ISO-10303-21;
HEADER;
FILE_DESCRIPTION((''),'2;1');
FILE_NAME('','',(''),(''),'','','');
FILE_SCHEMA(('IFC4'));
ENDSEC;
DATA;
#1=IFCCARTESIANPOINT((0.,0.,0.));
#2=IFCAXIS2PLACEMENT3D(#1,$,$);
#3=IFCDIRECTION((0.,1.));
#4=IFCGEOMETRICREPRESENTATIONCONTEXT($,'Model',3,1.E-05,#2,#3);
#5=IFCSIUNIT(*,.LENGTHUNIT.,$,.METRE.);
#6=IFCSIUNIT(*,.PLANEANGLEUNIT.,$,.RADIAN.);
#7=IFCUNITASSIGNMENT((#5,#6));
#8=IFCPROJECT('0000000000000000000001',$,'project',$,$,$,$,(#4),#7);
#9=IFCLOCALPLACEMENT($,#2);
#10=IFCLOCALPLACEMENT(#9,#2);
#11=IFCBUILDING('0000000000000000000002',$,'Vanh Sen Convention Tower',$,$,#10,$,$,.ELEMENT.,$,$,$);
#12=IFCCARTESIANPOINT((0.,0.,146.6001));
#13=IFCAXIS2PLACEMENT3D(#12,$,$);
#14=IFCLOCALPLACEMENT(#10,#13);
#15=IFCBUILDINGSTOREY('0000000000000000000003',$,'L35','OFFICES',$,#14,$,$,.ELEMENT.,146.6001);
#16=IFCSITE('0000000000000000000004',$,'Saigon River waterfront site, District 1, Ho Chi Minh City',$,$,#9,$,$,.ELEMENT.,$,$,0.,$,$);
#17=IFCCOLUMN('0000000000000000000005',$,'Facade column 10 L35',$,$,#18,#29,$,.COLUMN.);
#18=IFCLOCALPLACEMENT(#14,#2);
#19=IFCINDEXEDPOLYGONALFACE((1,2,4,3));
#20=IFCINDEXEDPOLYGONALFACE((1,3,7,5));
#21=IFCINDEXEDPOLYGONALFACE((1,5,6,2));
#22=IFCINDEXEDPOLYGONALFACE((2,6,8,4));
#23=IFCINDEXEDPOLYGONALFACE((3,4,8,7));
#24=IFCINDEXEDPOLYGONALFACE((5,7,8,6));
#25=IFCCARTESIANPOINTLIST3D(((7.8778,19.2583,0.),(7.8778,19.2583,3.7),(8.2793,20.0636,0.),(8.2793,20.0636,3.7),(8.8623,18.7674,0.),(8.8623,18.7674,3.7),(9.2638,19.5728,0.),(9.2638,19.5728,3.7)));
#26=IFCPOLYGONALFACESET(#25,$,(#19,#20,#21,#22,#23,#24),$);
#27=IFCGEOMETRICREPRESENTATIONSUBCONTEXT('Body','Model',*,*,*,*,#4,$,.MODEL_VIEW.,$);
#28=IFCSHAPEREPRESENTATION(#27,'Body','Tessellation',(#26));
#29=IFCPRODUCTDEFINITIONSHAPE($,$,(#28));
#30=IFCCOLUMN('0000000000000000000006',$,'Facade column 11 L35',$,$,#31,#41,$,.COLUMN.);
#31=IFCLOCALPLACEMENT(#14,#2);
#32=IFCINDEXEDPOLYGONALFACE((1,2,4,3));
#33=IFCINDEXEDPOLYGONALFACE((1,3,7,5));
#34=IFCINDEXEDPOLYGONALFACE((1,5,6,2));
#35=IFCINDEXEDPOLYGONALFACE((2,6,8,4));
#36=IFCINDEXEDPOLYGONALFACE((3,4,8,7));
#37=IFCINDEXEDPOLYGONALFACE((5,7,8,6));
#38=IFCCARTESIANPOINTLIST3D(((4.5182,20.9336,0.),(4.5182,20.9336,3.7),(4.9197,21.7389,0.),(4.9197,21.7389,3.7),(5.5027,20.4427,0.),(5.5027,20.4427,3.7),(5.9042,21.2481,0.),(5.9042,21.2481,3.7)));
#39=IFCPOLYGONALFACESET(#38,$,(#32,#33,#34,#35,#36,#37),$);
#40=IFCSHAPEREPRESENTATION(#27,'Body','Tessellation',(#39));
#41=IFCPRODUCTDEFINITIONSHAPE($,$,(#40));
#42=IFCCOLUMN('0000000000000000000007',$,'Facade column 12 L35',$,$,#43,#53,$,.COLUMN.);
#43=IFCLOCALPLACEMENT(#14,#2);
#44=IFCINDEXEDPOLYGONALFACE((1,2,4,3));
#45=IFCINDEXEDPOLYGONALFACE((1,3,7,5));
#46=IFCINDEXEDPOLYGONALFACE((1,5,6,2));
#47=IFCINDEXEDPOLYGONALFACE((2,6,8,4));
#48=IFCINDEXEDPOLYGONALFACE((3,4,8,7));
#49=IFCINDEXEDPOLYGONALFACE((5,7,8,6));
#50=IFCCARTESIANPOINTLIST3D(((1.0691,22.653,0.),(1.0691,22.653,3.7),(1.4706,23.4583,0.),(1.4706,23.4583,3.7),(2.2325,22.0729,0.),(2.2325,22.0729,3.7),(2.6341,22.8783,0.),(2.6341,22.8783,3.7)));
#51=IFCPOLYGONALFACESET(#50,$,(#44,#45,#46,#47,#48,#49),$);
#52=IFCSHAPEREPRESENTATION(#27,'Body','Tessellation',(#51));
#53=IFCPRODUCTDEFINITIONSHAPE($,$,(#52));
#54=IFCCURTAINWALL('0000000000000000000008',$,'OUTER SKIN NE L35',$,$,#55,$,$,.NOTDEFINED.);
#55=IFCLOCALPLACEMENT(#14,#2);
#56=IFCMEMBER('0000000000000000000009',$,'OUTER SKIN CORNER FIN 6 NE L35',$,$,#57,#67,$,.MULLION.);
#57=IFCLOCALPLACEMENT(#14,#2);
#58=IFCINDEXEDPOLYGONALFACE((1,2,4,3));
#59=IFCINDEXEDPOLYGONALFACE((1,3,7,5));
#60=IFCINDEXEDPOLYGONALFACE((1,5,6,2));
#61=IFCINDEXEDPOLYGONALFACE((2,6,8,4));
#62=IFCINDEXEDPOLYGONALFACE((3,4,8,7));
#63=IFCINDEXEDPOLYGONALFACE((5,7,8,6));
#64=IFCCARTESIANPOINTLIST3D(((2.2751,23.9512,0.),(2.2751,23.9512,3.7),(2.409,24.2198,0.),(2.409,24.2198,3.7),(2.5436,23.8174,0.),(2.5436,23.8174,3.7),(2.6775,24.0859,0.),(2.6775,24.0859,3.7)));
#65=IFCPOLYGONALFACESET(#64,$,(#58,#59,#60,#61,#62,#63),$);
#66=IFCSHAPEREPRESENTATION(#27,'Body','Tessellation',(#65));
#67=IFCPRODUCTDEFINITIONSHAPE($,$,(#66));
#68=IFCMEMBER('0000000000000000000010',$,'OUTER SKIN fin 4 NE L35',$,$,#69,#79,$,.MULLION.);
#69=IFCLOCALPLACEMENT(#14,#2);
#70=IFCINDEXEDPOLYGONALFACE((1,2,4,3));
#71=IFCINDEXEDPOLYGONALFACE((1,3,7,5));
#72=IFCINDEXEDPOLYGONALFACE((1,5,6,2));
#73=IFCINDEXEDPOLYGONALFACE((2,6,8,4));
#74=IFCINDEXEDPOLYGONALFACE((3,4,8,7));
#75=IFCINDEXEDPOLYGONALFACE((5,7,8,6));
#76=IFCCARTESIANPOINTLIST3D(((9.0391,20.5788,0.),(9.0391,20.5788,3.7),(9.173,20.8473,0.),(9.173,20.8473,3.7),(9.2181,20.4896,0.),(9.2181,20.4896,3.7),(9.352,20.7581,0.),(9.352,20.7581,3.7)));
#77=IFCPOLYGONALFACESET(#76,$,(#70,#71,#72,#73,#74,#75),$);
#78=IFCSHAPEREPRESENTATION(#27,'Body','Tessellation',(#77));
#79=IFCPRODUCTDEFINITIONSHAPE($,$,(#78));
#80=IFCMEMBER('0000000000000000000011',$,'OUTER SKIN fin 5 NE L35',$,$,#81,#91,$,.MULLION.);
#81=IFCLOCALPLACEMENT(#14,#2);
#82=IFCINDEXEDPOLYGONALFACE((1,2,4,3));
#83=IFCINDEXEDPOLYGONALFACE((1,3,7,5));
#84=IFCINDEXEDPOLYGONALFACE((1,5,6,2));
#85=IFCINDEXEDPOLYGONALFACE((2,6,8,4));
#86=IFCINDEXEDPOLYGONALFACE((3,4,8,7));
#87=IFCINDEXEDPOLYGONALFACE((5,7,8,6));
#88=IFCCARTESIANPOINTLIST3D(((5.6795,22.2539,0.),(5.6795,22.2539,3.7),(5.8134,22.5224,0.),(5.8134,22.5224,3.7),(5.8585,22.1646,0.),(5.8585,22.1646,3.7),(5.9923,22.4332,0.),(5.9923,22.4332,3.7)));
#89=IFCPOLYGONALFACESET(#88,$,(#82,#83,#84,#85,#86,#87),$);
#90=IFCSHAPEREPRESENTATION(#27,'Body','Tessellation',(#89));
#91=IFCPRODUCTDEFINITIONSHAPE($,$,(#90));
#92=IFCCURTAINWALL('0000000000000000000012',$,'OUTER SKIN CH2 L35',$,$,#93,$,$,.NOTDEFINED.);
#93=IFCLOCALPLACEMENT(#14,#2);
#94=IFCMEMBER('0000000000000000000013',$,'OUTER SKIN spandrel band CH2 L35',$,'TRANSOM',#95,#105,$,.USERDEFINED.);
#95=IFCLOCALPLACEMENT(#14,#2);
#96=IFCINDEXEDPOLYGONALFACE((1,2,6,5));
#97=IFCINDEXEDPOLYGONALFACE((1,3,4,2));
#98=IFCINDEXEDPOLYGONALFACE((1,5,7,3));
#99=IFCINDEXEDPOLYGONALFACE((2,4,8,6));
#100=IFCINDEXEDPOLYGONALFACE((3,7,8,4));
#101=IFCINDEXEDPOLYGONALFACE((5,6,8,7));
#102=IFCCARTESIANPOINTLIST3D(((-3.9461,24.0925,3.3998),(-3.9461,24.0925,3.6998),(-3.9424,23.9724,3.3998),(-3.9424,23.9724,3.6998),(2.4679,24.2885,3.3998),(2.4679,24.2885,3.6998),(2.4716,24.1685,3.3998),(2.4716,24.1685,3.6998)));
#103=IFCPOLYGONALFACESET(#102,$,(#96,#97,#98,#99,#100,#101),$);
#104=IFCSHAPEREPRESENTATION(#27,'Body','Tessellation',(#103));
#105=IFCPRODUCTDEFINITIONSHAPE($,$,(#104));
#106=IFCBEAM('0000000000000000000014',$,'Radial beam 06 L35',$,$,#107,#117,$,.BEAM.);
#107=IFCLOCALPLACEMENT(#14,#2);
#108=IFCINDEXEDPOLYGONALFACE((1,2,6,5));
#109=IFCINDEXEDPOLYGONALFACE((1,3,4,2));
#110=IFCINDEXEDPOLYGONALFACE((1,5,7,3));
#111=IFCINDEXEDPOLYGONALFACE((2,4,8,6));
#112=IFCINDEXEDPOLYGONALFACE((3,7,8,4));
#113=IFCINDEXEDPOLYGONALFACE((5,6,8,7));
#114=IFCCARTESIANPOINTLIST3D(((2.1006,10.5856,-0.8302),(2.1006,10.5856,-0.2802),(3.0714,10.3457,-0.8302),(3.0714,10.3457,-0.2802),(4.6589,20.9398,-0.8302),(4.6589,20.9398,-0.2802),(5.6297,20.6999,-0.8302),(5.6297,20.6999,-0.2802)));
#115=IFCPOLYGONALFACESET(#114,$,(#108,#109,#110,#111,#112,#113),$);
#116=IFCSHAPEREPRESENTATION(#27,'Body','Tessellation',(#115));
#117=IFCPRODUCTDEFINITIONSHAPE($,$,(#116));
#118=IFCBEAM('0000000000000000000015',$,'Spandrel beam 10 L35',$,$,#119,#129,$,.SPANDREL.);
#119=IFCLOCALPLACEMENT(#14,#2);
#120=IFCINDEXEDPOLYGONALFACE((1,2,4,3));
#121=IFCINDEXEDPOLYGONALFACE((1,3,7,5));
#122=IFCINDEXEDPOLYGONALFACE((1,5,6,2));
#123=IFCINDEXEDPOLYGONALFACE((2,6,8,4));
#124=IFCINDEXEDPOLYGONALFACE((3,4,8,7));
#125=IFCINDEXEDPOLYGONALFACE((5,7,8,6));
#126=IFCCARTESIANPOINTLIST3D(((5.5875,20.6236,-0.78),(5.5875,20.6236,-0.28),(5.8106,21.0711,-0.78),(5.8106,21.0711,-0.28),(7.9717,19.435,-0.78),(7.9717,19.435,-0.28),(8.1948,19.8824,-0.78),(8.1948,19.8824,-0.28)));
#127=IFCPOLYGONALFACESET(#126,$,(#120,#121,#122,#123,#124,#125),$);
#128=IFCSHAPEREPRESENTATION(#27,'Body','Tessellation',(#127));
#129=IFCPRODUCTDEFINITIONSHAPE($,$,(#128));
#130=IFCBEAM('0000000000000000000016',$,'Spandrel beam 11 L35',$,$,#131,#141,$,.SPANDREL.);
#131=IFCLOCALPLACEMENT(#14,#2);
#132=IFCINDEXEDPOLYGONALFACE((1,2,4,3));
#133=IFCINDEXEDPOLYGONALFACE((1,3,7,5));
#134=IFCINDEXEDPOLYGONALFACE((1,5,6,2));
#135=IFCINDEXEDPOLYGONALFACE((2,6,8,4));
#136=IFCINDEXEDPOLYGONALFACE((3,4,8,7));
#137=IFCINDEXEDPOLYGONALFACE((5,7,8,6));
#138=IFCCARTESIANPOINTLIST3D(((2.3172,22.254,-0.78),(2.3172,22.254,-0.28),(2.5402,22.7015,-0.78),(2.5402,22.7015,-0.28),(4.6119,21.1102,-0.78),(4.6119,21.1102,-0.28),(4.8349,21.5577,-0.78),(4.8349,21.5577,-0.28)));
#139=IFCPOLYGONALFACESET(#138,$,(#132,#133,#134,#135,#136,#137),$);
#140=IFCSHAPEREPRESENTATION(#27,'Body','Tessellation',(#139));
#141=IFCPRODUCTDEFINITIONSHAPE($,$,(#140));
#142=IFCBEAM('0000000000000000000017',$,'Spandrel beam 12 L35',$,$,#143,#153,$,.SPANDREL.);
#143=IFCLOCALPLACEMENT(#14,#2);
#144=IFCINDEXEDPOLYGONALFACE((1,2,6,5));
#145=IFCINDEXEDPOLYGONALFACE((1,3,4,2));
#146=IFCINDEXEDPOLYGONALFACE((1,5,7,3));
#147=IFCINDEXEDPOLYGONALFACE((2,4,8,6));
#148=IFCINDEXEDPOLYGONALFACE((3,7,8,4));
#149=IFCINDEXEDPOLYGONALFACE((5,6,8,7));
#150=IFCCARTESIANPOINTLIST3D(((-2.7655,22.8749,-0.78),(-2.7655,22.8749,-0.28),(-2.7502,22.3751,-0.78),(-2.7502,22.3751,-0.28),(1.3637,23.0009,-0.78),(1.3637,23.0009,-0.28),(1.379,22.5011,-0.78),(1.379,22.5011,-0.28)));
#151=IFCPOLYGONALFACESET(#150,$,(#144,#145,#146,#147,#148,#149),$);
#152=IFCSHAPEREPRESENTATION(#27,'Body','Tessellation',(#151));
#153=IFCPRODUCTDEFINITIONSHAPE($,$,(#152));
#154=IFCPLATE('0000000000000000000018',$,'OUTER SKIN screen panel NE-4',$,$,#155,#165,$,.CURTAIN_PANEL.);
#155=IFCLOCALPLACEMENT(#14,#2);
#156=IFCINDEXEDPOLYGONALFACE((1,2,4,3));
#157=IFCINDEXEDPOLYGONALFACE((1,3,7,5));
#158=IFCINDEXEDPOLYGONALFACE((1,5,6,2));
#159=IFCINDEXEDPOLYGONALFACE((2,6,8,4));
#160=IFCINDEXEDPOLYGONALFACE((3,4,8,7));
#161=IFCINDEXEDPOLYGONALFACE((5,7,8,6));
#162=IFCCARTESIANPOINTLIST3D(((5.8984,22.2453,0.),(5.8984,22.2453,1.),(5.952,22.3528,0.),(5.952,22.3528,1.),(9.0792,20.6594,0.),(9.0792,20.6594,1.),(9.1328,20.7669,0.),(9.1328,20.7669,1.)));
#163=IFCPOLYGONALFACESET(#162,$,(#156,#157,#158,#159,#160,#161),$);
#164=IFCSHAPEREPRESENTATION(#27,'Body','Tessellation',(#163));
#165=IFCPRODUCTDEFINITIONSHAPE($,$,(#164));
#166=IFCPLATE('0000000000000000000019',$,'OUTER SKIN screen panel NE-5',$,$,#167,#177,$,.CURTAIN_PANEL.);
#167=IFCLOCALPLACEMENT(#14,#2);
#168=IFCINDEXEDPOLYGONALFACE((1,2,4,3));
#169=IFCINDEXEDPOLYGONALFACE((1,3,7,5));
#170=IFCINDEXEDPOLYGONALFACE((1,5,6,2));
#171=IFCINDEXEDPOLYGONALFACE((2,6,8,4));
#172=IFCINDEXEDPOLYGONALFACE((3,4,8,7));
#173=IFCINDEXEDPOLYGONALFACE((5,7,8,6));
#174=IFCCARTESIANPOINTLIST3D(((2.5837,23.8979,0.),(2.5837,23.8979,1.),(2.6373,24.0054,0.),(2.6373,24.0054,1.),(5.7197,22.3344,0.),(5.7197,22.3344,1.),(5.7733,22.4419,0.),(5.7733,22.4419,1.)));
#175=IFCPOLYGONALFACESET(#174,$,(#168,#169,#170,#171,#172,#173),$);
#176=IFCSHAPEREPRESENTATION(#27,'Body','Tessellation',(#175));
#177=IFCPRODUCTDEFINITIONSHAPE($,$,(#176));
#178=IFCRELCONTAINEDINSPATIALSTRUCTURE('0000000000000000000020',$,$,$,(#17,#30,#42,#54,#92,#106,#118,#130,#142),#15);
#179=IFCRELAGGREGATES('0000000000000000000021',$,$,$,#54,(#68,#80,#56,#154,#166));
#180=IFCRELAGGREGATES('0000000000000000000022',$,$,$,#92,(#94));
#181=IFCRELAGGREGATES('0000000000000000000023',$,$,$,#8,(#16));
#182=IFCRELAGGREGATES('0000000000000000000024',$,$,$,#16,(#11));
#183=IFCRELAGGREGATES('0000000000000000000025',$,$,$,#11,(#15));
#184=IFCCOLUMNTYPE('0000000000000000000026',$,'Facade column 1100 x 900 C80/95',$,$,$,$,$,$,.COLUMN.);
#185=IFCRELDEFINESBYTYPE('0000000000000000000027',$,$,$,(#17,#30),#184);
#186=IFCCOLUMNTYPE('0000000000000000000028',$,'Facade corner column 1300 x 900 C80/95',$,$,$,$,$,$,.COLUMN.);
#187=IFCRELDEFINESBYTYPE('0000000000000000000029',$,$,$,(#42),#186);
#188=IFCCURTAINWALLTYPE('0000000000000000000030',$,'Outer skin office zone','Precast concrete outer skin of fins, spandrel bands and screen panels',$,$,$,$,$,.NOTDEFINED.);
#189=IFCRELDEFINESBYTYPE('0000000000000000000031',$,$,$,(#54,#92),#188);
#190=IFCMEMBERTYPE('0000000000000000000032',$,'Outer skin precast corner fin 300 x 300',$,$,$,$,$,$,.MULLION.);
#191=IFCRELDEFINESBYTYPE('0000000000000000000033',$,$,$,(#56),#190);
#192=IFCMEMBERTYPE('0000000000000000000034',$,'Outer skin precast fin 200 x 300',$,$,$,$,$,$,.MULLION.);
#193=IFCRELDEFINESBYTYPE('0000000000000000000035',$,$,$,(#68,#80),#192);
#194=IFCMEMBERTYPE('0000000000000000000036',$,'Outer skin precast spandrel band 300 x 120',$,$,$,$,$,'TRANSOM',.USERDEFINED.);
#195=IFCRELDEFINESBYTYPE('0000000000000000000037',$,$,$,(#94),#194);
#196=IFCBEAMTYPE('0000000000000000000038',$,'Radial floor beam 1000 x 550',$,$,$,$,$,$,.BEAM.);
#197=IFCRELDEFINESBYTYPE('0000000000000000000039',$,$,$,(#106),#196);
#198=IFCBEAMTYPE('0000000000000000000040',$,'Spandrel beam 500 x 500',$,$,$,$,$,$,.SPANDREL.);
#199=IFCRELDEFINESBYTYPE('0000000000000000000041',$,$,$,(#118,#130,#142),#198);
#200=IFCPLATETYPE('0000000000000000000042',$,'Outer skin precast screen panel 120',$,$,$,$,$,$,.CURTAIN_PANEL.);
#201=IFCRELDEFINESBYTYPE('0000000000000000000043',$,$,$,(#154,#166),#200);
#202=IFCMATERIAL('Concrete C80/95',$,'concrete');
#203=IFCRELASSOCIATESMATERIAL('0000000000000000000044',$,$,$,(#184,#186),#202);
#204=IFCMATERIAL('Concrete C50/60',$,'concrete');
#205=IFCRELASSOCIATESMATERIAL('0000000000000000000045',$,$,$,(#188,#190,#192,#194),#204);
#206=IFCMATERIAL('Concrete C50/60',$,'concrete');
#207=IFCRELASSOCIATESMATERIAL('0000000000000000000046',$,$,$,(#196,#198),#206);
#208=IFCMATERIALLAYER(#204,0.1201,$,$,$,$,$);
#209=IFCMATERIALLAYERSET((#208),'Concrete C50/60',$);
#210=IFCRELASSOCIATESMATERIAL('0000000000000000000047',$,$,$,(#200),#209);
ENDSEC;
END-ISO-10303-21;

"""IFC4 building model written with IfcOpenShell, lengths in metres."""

from ifc_helpers import new_model, si_unit, direction, frame, origin, origin_2d, place, context, subcontext, project, spatial, rectangle, extrude, material, layer, layer_set, material_profile, profile_set, type_object, element, aggregate, save


model = new_model("IFC4")

# Units and contexts
model_context = context("Model", 3, precision=1e-05, world=origin(), true_north=direction((0.0, 1.0)))
body_context = subcontext(model_context, "Body", "Model", "MODEL_VIEW")
ifc_project = project(units=[si_unit("LENGTHUNIT", "METRE"), si_unit("PLANEANGLEUNIT", "RADIAN")], contexts=[model_context])

# Site, building, storey
site_placement = place(None, origin())
site = spatial("IfcSite", under=ifc_project, at=site_placement, Name="Saigon River waterfront site, District 1, Ho Chi Minh City", CompositionType="ELEMENT", RefElevation=0.0)
building_placement = place(site_placement, origin())
building = spatial("IfcBuilding", under=site, at=building_placement, Name="Vanh Sen Convention Tower", CompositionType="ELEMENT")
storey_placement = place(building_placement, frame((0.0, 0.0, 146.6001)))
storey = spatial("IfcBuildingStorey", under=building, at=storey_placement, Name="L35", Description="OFFICES", CompositionType="ELEMENT", Elevation=146.6001)

# Columns
ifc_material_1 = material(Name="Concrete C80/95", Category="concrete")
ifc_material_profile_1 = material_profile(ifc_material_1, rectangle(XDim=1.1001, YDim=0.8999, at=origin_2d()), Name="RC 1100X900")
ifc_profile_set_1 = profile_set([ifc_material_profile_1], Name="Concrete C80/95")
column_type_1 = type_object("IfcColumnType", Name="Facade column 1100 x 900 C80/95", PredefinedType="COLUMN", material=ifc_profile_set_1)
for number, where, z_axis, x_axis, name in (
    (1, (8.5708, 19.4155, 0.0), (0.0, 0.0, 1.0), (-0.894934, 0.446198, 0.0), "Facade column 10 L35"),
    (2, (5.2112, 21.0908, 0.0), (0.0, 0.0, 1.0), (-0.894934, 0.446198, 0.0), "Facade column 11 L35"),
):
    element("IfcColumn", number, at=place(storey_placement, frame(where, z_axis=z_axis, x_axis=x_axis)), inside=storey, type_object=column_type_1, Name=name, PredefinedType="COLUMN", context=body_context, shape_type="SweptSolid", body=[
        extrude(rectangle(XDim=1.1001, YDim=0.8999, at=origin_2d()), origin(), (0.0, 0.0, 1.0), 3.7),
    ])
ifc_material_profile_2 = material_profile(ifc_material_1, rectangle(XDim=1.3, YDim=0.8999, at=origin_2d()), Name="RC 1300X900")
ifc_profile_set_2 = profile_set([ifc_material_profile_2], Name="Concrete C80/95")
column_type_2 = type_object("IfcColumnType", Name="Facade corner column 1300 x 900 C80/95", PredefinedType="COLUMN", material=ifc_profile_set_2)
column_placement = place(storey_placement, frame((1.8516, 22.7656, 0.0), z_axis=(0.0, 0.0, 1.0), x_axis=(-0.894934, 0.446198, 0.0)))
element("IfcColumn", 3, at=column_placement, inside=storey, type_object=column_type_2, Name="Facade column 12 L35", PredefinedType="COLUMN", context=body_context, shape_type="SweptSolid", body=[
    extrude(rectangle(XDim=1.3, YDim=0.8999, at=origin_2d()), origin(), (0.0, 0.0, 1.0), 3.7),
])

# Curtain wall, members
ifc_material_2 = material(Name="Concrete C50/60", Category="concrete")
curtain_wall_type = type_object("IfcCurtainWallType", Name="Outer skin office zone", Description="Precast concrete outer skin of fins, spandrel bands and screen panels", PredefinedType="NOTDEFINED", material=ifc_material_2)
curtain_wall_1_placement = place(storey_placement, origin())
curtain_wall_1 = element("IfcCurtainWall", 4, at=curtain_wall_1_placement, inside=storey, type_object=curtain_wall_type, Name="OUTER SKIN NE L35", PredefinedType="NOTDEFINED")
ifc_material_profile_3 = material_profile(ifc_material_2, rectangle(XDim=0.3, YDim=0.3, at=origin_2d()), Name="Outer skin precast corner fin 300 x 300")
ifc_profile_set_3 = profile_set([ifc_material_profile_3], Name="Concrete C50/60")
member_type_1 = type_object("IfcMemberType", Name="Outer skin precast corner fin 300 x 300", PredefinedType="MULLION", material=ifc_profile_set_3)
member_1_placement = place(storey_placement, frame((2.4763, 24.0186, 0.0), z_axis=(0.0, 0.0, 1.0), x_axis=(-0.894934, 0.446198, 0.0)))
member_1 = element("IfcMember", 5, at=member_1_placement, type_object=member_type_1, Name="OUTER SKIN CORNER FIN 6 NE L35", PredefinedType="MULLION", context=body_context, shape_type="SweptSolid", body=[
    extrude(rectangle(XDim=0.3, YDim=0.3, at=origin_2d()), origin(), (0.0, 0.0, 1.0), 3.7),
])
ifc_material_profile_4 = material_profile(ifc_material_2, rectangle(XDim=0.2, YDim=0.3, at=origin_2d()), Name="Outer skin precast fin 200 x 300")
ifc_profile_set_4 = profile_set([ifc_material_profile_4], Name="Concrete C50/60")
member_type_2 = type_object("IfcMemberType", Name="Outer skin precast fin 200 x 300", PredefinedType="MULLION", material=ifc_profile_set_4)
member_2_placement = place(storey_placement, frame((9.1956, 20.6685, 0.0), z_axis=(0.0, 0.0, 1.0), x_axis=(-0.894934, 0.446198, 0.0)))
member_2 = element("IfcMember", 6, at=member_2_placement, type_object=member_type_2, Name="OUTER SKIN fin 4 NE L35", PredefinedType="MULLION", context=body_context, shape_type="SweptSolid", body=[
    extrude(rectangle(XDim=0.2, YDim=0.3, at=origin_2d()), origin(), (0.0, 0.0, 1.0), 3.7),
])
member_3_placement = place(storey_placement, frame((5.8359, 22.3435, 0.0), z_axis=(0.0, 0.0, 1.0), x_axis=(-0.894934, 0.446198, 0.0)))
member_3 = element("IfcMember", 7, at=member_3_placement, type_object=member_type_2, Name="OUTER SKIN fin 5 NE L35", PredefinedType="MULLION", context=body_context, shape_type="SweptSolid", body=[
    extrude(rectangle(XDim=0.2, YDim=0.3, at=origin_2d()), origin(), (0.0, 0.0, 1.0), 3.7),
])

# Curtain wall, member
curtain_wall_2_placement = place(storey_placement, origin())
curtain_wall_2 = element("IfcCurtainWall", 8, at=curtain_wall_2_placement, inside=storey, type_object=curtain_wall_type, Name="OUTER SKIN CH2 L35", PredefinedType="NOTDEFINED")
ifc_material_profile_5 = material_profile(ifc_material_2, rectangle(XDim=0.1201, YDim=0.3, at=origin_2d()), Name="Outer skin precast spandrel band 300 x 120")
ifc_profile_set_5 = profile_set([ifc_material_profile_5], Name="Concrete C50/60")
member_type_3 = type_object("IfcMemberType", Name="Outer skin precast spandrel band 300 x 120", ElementType="TRANSOM", PredefinedType="USERDEFINED", material=ifc_profile_set_5)
member_4_placement = place(storey_placement, frame((2.4697, 24.2285, 3.5498), z_axis=(-0.999533, -0.030551, 0.0), x_axis=(0.030551, -0.999533, 0.0)))
member_4 = element("IfcMember", 9, at=member_4_placement, type_object=member_type_3, Name="OUTER SKIN spandrel band CH2 L35", ObjectType="TRANSOM", PredefinedType="USERDEFINED", context=body_context, shape_type="SweptSolid", body=[
    extrude(rectangle(XDim=0.1201, YDim=0.3, at=origin_2d()), origin(), (0.0, 0.0, 1.0), 6.417),
])

# Beams
ifc_material_3 = material(Name="Concrete C50/60", Category="concrete")
ifc_material_profile_6 = material_profile(ifc_material_3, rectangle(XDim=1.0, YDim=0.55, at=origin_2d()), Name="RC 1000X550")
ifc_profile_set_6 = profile_set([ifc_material_profile_6], Name="Concrete C50/60")
beam_type_1 = type_object("IfcBeamType", Name="Radial floor beam 1000 x 550", PredefinedType="BEAM", material=ifc_profile_set_6)
beam_1_placement = place(storey_placement, frame((5.1443, 20.8198, -0.5552), z_axis=(-0.239869, -0.970805, 0.0), x_axis=(0.970805, -0.239869, 0.0)))
element("IfcBeam", 10, at=beam_1_placement, inside=storey, type_object=beam_type_1, Name="Radial beam 06 L35", PredefinedType="BEAM", context=body_context, shape_type="SweptSolid", body=[
    extrude(rectangle(XDim=1.0, YDim=0.55, at=origin_2d()), origin(), (0.0, 0.0, 1.0), 10.6655),
])
ifc_material_profile_7 = material_profile(ifc_material_3, rectangle(XDim=0.5, YDim=0.5, at=origin_2d()), Name="RC 500X500")
ifc_profile_set_7 = profile_set([ifc_material_profile_7], Name="Concrete C50/60")
beam_type_2 = type_object("IfcBeamType", Name="Spandrel beam 500 x 500", PredefinedType="SPANDREL", material=ifc_profile_set_7)
beam_2_placement = place(storey_placement, frame((8.0833, 19.6587, -0.53), z_axis=(-0.89494, 0.446187, 0.0), x_axis=(-0.446187, -0.89494, 0.0)))
element("IfcBeam", 11, at=beam_2_placement, inside=storey, type_object=beam_type_2, Name="Spandrel beam 10 L35", PredefinedType="SPANDREL", context=body_context, shape_type="SweptSolid", body=[
    extrude(rectangle(XDim=0.5, YDim=0.5, at=origin_2d()), origin(), (0.0, 0.0, 1.0), 2.6641),
])
beam_3_placement = place(storey_placement, frame((4.7234, 21.334, -0.53), z_axis=(-0.894979, 0.446109, 0.0), x_axis=(-0.446109, -0.894979, 0.0)))
element("IfcBeam", 12, at=beam_3_placement, inside=storey, type_object=beam_type_2, Name="Spandrel beam 11 L35", PredefinedType="SPANDREL", context=body_context, shape_type="SweptSolid", body=[
    extrude(rectangle(XDim=0.5, YDim=0.5, at=origin_2d()), origin(), (0.0, 0.0, 1.0), 2.564),
])
beam_4_placement = place(storey_placement, frame((1.3713, 22.751, -0.53), z_axis=(-0.999535, -0.030495, 0.0), x_axis=(0.030495, -0.999535, 0.0)))
element("IfcBeam", 13, at=beam_4_placement, inside=storey, type_object=beam_type_2, Name="Spandrel beam 12 L35", PredefinedType="SPANDREL", context=body_context, shape_type="SweptSolid", body=[
    extrude(rectangle(XDim=0.5, YDim=0.5, at=origin_2d()), origin(), (0.0, 0.0, 1.0), 4.1311),
])

# Plates
ifc_layer_1 = layer(ifc_material_2, 0.1201)
ifc_layer_set_1 = layer_set([ifc_layer_1], Name="Concrete C50/60")
plate_type = type_object("IfcPlateType", Name="Outer skin precast screen panel 120", PredefinedType="CURTAIN_PANEL", material=ifc_layer_set_1)
plate_1_placement = place(storey_placement, frame((7.5156, 21.5061, 0.0), z_axis=(0.0, 0.0, 1.0), x_axis=(-0.894933, 0.446201, 0.0)))
plate_1 = element("IfcPlate", 14, at=plate_1_placement, type_object=plate_type, Name="OUTER SKIN screen panel NE-4", PredefinedType="CURTAIN_PANEL", context=body_context, shape_type="SweptSolid", body=[
    extrude(rectangle(XDim=3.5542, YDim=0.1201, at=origin_2d()), origin(), (0.0, 0.0, 1.0), 1.0),
])
plate_2_placement = place(storey_placement, frame((4.1785, 23.1699, 0.0), z_axis=(0.0, 0.0, 1.0), x_axis=(-0.894944, 0.446179, 0.0)))
plate_2 = element("IfcPlate", 15, at=plate_2_placement, type_object=plate_type, Name="OUTER SKIN screen panel NE-5", PredefinedType="CURTAIN_PANEL", context=body_context, shape_type="SweptSolid", body=[
    extrude(rectangle(XDim=3.5042, YDim=0.1201, at=origin_2d()), origin(), (0.0, 0.0, 1.0), 1.0),
])
aggregate(curtain_wall_1, [member_2, member_3, member_1, plate_1, plate_2])
aggregate(curtain_wall_2, [member_4])

save(model, "model.ifc")
